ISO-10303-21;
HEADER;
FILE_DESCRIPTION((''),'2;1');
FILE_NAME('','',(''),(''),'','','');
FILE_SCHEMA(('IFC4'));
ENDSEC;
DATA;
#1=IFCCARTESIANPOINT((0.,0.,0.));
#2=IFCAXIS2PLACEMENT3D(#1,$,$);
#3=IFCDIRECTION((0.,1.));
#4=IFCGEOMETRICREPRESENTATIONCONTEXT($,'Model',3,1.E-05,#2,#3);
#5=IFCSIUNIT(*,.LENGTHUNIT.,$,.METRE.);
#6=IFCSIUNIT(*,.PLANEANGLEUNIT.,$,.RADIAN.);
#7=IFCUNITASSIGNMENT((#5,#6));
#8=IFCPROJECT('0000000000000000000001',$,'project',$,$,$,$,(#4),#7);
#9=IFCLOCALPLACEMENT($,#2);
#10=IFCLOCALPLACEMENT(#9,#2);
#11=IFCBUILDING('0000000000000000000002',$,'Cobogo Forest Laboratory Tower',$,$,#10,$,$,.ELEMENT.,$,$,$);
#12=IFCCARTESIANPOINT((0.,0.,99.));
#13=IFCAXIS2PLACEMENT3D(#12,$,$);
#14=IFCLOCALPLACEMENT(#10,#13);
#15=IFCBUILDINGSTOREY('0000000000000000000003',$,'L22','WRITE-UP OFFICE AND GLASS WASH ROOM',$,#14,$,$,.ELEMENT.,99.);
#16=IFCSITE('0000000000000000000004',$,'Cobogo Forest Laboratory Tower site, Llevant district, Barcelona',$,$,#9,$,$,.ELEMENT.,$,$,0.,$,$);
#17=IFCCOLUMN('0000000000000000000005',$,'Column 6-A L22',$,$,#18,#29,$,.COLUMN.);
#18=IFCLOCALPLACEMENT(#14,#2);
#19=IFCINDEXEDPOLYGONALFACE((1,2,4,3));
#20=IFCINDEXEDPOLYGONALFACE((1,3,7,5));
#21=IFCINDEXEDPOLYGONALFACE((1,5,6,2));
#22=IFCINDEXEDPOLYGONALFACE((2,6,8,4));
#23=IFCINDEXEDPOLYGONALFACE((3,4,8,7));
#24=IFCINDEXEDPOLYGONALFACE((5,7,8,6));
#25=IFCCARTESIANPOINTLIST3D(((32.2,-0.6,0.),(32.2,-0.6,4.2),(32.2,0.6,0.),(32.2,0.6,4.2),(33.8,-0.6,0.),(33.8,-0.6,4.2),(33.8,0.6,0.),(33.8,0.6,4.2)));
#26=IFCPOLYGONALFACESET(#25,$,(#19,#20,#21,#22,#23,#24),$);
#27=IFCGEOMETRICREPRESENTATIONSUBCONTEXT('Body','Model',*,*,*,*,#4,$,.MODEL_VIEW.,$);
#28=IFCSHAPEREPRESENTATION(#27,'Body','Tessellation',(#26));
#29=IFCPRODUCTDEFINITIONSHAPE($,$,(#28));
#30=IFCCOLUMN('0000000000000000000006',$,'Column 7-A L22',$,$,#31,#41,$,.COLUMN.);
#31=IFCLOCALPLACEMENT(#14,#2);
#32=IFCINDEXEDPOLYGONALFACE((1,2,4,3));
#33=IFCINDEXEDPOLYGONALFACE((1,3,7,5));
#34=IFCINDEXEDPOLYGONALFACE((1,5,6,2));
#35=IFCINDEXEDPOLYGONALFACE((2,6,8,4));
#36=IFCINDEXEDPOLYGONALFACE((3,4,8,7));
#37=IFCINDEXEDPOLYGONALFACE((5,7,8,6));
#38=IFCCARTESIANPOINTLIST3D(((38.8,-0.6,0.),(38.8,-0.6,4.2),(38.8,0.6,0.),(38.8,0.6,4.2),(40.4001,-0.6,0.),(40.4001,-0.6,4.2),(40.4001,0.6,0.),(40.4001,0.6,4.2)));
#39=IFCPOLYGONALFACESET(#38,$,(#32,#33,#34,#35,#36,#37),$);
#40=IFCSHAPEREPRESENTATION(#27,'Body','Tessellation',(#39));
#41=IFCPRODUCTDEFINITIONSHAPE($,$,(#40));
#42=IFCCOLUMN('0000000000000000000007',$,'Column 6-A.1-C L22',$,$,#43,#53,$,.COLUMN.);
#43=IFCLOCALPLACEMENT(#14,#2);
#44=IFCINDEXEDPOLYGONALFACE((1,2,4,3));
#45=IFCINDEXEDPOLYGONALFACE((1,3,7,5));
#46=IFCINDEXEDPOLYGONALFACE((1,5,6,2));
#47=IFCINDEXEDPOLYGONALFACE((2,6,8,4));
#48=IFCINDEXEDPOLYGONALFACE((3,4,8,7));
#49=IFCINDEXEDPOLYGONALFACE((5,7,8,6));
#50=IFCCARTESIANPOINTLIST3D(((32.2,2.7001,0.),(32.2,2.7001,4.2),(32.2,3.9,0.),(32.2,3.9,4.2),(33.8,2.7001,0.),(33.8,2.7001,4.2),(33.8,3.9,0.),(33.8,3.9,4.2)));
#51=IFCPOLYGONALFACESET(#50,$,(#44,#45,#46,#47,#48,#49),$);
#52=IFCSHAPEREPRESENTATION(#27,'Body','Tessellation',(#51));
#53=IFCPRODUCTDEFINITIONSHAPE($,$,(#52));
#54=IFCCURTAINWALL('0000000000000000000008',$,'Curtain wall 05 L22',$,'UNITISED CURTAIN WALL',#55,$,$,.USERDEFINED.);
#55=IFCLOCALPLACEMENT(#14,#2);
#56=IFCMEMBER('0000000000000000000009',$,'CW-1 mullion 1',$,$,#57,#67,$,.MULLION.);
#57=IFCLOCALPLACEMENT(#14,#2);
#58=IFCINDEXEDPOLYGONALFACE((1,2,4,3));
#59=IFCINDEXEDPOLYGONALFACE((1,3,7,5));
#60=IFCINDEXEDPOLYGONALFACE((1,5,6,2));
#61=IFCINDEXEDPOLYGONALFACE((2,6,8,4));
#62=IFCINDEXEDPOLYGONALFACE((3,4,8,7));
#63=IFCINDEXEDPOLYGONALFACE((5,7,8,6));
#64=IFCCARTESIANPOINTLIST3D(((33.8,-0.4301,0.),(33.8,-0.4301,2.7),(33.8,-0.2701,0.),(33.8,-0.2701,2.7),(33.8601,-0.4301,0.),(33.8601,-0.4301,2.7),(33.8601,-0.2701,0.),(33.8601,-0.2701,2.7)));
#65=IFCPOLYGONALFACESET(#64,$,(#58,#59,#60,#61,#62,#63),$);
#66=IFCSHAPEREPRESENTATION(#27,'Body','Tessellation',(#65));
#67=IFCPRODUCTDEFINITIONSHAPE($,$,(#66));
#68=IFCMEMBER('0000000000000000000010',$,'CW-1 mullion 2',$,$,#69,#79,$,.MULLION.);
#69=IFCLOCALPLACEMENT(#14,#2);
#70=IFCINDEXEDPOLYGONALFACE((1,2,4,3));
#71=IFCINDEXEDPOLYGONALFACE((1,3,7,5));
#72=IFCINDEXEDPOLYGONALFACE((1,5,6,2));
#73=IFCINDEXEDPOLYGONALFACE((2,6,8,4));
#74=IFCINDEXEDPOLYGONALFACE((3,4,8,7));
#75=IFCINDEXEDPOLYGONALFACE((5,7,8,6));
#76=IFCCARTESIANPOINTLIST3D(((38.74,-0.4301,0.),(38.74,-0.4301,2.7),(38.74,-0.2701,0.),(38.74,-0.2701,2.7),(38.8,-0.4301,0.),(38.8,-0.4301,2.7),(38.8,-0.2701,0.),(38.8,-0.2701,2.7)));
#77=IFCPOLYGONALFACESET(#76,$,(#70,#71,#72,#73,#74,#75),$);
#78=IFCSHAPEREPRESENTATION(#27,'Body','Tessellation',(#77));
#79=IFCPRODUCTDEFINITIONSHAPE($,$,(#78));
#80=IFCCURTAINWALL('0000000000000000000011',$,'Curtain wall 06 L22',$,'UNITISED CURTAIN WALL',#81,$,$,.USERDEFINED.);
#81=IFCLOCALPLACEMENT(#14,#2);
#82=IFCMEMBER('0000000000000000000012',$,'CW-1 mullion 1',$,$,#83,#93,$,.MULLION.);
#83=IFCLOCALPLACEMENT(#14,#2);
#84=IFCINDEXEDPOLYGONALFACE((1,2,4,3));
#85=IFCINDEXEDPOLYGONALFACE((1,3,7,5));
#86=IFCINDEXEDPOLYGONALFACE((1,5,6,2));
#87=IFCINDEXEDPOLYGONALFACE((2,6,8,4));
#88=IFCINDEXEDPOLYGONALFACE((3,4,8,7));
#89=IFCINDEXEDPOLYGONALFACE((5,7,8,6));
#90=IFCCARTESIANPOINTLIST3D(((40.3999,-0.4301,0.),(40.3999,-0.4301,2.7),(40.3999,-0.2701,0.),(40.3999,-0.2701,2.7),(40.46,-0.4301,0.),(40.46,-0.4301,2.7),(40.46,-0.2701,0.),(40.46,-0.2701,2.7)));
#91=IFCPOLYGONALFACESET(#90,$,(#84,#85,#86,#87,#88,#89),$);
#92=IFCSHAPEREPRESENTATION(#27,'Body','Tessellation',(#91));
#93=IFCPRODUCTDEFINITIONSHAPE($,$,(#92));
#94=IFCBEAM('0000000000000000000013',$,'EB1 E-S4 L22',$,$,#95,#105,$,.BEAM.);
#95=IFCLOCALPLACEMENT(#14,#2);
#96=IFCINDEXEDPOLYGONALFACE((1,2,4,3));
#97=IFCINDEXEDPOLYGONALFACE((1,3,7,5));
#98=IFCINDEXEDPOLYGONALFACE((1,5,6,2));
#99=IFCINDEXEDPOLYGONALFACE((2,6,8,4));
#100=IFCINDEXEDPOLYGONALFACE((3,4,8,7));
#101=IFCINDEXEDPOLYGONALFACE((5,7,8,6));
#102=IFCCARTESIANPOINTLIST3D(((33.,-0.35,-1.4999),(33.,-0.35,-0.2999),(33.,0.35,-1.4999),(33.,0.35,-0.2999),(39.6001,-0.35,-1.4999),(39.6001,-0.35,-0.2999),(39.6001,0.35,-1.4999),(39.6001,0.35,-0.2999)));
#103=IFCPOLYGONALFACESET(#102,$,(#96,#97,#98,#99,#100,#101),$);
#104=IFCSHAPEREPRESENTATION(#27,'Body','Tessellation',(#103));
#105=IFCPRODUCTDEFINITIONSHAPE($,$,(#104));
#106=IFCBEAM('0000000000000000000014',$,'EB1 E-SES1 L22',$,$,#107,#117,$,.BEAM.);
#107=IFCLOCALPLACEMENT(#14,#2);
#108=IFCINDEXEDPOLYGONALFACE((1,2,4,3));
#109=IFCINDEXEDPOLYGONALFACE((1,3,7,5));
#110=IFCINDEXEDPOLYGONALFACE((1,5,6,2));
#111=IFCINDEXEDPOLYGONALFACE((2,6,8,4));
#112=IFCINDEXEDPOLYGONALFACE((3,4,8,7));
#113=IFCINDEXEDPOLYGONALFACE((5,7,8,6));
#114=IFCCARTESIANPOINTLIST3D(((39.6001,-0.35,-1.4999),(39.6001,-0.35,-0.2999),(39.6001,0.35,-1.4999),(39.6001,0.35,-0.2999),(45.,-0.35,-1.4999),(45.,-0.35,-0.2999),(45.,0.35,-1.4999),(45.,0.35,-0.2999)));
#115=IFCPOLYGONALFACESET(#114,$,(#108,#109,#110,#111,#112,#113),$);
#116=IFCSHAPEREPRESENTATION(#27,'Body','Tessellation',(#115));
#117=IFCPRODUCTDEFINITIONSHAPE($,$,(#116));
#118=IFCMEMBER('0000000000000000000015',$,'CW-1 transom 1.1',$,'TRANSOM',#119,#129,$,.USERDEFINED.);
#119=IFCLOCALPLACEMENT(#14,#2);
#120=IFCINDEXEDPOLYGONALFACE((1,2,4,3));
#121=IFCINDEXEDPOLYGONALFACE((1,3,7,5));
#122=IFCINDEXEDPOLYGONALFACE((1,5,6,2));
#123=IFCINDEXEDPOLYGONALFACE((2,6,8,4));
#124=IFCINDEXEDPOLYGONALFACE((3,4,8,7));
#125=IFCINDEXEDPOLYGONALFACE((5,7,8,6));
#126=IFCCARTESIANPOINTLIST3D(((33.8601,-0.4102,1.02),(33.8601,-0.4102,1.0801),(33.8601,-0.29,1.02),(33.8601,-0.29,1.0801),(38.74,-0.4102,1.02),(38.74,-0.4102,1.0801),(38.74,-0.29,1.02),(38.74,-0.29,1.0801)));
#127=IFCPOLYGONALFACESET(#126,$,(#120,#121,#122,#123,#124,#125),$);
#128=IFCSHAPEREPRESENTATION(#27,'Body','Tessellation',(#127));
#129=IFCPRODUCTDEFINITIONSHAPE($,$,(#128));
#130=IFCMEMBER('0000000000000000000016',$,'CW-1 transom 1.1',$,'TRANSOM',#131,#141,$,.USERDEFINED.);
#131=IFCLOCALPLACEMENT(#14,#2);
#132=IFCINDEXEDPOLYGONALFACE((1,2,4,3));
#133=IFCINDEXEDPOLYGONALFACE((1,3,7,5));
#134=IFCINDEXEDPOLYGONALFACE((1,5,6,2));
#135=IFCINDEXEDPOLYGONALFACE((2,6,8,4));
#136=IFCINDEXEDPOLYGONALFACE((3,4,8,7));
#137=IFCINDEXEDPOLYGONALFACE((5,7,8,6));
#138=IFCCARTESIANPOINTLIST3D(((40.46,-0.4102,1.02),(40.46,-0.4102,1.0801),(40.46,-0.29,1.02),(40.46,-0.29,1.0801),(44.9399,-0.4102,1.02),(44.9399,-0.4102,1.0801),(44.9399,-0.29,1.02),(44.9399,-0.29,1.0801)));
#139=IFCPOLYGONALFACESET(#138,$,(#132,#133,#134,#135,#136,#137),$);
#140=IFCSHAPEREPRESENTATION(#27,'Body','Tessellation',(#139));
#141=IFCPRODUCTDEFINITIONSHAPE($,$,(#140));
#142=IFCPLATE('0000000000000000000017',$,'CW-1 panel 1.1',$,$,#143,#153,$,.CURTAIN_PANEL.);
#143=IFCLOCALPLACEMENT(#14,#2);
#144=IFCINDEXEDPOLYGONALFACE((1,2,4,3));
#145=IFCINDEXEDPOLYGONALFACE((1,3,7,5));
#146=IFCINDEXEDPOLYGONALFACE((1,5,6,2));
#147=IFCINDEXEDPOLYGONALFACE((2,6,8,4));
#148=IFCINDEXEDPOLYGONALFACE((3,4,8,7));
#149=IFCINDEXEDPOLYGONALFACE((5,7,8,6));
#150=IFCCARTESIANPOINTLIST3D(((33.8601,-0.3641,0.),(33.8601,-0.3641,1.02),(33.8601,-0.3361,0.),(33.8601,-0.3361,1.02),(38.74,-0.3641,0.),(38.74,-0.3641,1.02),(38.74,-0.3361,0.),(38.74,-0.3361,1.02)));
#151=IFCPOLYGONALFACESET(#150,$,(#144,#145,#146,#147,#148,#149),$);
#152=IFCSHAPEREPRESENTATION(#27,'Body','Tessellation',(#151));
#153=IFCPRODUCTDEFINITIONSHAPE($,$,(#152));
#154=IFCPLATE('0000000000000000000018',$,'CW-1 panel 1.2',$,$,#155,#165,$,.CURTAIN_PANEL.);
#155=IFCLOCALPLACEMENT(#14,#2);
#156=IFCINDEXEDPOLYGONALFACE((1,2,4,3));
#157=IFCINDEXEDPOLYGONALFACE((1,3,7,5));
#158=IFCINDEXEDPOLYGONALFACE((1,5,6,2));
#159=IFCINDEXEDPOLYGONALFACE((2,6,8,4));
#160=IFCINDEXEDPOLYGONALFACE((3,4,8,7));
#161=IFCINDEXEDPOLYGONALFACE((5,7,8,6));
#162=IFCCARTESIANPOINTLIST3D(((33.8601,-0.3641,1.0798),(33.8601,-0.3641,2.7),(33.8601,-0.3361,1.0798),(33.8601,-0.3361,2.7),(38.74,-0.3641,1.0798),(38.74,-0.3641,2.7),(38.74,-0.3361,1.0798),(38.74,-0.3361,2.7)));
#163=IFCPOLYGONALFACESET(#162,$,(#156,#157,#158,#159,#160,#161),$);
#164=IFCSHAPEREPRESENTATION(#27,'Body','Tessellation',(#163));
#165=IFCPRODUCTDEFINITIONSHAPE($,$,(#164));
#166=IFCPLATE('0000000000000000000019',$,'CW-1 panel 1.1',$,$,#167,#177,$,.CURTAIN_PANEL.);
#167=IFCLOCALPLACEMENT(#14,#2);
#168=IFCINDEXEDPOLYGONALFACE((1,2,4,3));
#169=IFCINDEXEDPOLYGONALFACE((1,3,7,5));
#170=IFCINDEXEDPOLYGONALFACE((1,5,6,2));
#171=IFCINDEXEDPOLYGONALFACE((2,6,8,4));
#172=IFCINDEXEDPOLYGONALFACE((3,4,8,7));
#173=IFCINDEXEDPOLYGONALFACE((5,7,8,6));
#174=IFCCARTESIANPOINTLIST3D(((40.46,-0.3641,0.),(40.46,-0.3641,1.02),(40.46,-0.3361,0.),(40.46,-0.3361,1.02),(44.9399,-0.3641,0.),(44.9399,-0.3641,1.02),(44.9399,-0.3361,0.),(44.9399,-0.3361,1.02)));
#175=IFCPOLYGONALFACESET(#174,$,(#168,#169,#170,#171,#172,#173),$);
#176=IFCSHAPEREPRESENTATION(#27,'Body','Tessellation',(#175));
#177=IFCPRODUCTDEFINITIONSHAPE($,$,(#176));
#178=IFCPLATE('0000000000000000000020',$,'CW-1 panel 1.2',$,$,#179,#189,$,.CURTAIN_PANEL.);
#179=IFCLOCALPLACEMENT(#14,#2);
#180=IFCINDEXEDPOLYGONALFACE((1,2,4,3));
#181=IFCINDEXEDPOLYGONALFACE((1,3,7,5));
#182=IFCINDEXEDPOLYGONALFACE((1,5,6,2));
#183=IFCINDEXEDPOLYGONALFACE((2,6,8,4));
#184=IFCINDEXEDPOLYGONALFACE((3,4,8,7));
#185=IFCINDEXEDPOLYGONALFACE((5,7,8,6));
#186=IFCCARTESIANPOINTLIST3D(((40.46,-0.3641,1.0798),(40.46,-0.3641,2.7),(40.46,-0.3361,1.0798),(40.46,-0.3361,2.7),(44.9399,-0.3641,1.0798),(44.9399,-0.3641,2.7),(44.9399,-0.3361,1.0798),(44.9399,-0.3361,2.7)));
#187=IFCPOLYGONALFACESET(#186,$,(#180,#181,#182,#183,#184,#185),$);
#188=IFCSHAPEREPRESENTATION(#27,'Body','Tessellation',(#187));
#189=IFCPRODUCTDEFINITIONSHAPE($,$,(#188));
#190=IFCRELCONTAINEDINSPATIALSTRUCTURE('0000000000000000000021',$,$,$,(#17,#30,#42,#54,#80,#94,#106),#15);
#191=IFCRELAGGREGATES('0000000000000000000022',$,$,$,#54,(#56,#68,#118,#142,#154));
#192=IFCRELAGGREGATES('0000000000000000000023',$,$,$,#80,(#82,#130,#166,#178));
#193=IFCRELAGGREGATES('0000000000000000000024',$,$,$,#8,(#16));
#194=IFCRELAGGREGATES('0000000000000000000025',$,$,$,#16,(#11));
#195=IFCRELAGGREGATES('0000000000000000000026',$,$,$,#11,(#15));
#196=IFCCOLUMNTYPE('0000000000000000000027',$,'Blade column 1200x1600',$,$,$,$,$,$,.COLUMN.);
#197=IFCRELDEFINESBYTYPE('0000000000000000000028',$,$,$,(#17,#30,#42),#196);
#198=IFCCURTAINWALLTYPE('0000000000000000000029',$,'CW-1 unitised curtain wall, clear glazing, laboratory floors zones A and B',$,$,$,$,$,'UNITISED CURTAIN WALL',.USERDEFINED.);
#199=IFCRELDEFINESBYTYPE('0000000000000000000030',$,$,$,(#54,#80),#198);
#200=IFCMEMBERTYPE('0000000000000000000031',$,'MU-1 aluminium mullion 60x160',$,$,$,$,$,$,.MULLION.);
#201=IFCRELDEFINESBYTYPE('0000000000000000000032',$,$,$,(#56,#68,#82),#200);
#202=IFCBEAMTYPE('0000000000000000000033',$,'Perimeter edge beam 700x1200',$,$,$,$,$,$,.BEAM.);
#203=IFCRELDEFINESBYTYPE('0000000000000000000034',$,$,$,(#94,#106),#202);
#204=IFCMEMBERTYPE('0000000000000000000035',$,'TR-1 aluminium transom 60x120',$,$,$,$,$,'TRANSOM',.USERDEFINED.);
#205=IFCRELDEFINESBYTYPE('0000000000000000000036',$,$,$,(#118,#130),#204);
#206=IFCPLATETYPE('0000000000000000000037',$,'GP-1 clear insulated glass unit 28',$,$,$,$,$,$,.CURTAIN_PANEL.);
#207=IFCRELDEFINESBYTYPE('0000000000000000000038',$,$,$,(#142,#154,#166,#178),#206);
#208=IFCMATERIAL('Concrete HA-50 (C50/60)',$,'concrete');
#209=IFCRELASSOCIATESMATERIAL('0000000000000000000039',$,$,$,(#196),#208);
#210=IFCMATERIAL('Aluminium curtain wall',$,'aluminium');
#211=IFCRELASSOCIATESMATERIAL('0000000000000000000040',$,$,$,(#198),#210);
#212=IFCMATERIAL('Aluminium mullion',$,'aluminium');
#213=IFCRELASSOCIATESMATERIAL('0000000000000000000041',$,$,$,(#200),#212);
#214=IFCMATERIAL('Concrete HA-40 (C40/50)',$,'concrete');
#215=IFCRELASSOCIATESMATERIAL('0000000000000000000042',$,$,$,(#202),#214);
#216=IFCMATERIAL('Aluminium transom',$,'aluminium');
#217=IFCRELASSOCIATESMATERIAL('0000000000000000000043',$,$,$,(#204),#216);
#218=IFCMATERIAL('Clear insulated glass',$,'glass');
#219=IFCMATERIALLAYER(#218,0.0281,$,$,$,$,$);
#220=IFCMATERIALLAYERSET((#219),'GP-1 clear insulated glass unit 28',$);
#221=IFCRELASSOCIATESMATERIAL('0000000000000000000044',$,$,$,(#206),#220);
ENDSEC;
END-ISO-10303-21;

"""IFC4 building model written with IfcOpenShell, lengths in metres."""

from ifc_helpers import new_model, si_unit, direction, frame, origin, origin_2d, place, context, subcontext, project, spatial, rectangle, extrude, material, layer, layer_set, material_profile, profile_set, type_object, element, aggregate, save


model = new_model("IFC4")

# Units and contexts
model_context = context("Model", 3, precision=1e-05, world=origin(), true_north=direction((0.0, 1.0)))
body_context = subcontext(model_context, "Body", "Model", "MODEL_VIEW")
ifc_project = project(units=[si_unit("LENGTHUNIT", "METRE"), si_unit("PLANEANGLEUNIT", "RADIAN")], contexts=[model_context])

# Site, building, storey
site_placement = place(None, origin())
site = spatial("IfcSite", under=ifc_project, at=site_placement, Name="Cobogo Forest Laboratory Tower site, Llevant district, Barcelona", CompositionType="ELEMENT", RefElevation=0.0)
building_placement = place(site_placement, origin())
building = spatial("IfcBuilding", under=site, at=building_placement, Name="Cobogo Forest Laboratory Tower", CompositionType="ELEMENT")
storey_placement = place(building_placement, frame((0.0, 0.0, 99.0)))
storey = spatial("IfcBuildingStorey", under=building, at=storey_placement, Name="L22", Description="WRITE-UP OFFICE AND GLASS WASH ROOM", CompositionType="ELEMENT", Elevation=99.0)

# Columns
ifc_material_1 = material(Name="Concrete HA-50 (C50/60)", Category="concrete")
ifc_material_profile_1 = material_profile(ifc_material_1, rectangle(XDim=1.6001, YDim=1.2, at=origin_2d()), Name="RC 1200x1600")
ifc_profile_set_1 = profile_set([ifc_material_profile_1], Name="Concrete HA-50 (C50/60)")
column_type = type_object("IfcColumnType", Name="Blade column 1200x1600", PredefinedType="COLUMN", material=ifc_profile_set_1)
for number, where, z_axis, x_axis, name in (
    (1, (33.0, 0.0, 0.0), (0.0, 0.0, 1.0), (1.0, 0.0, 0.0), "Column 6-A L22"),
    (2, (39.6001, 0.0, 0.0), (0.0, 0.0, 1.0), (1.0, 0.0, 0.0), "Column 7-A L22"),
    (3, (33.0, 3.3, 0.0), (0.0, 0.0, 1.0), (1.0, 0.0, 0.0), "Column 6-A.1-C L22"),
):
    element("IfcColumn", number, at=place(storey_placement, frame(where, z_axis=z_axis, x_axis=x_axis)), inside=storey, type_object=column_type, Name=name, PredefinedType="COLUMN", context=body_context, shape_type="SweptSolid", body=[
        extrude(rectangle(XDim=1.6001, YDim=1.2, at=origin_2d()), origin(), (0.0, 0.0, 1.0), 4.2),
    ])

# Curtain wall, members
ifc_material_2 = material(Name="Aluminium curtain wall", Category="aluminium")
curtain_wall_type = type_object("IfcCurtainWallType", Name="CW-1 unitised curtain wall, clear glazing, laboratory floors zones A and B", ElementType="UNITISED CURTAIN WALL", PredefinedType="USERDEFINED", material=ifc_material_2)
curtain_wall_1_placement = place(storey_placement, origin())
curtain_wall_1 = element("IfcCurtainWall", 4, at=curtain_wall_1_placement, inside=storey, type_object=curtain_wall_type, Name="Curtain wall 05 L22", ObjectType="UNITISED CURTAIN WALL", PredefinedType="USERDEFINED")
ifc_material_3 = material(Name="Aluminium mullion", Category="aluminium")
ifc_material_profile_2 = material_profile(ifc_material_3, rectangle(XDim=0.0601, YDim=0.1599, at=origin_2d()), Name="AL 60x160")
ifc_profile_set_2 = profile_set([ifc_material_profile_2], Name="Aluminium mullion")
member_type_1 = type_object("IfcMemberType", Name="MU-1 aluminium mullion 60x160", PredefinedType="MULLION", material=ifc_profile_set_2)
member_1_placement = place(storey_placement, frame((33.8301, -0.3501, 0.0), z_axis=(0.0, 0.0, 1.0), x_axis=(1.0, 0.0, 0.0)))
member_1 = element("IfcMember", 5, at=member_1_placement, type_object=member_type_1, Name="CW-1 mullion 1", PredefinedType="MULLION", context=body_context, shape_type="SweptSolid", body=[
    extrude(rectangle(XDim=0.0601, YDim=0.1599, at=origin_2d()), origin(), (0.0, 0.0, 1.0), 2.7),
])
member_2_placement = place(storey_placement, frame((38.77, -0.3501, 0.0), z_axis=(0.0, 0.0, 1.0), x_axis=(1.0, 0.0, 0.0)))
member_2 = element("IfcMember", 6, at=member_2_placement, type_object=member_type_1, Name="CW-1 mullion 2", PredefinedType="MULLION", context=body_context, shape_type="SweptSolid", body=[
    extrude(rectangle(XDim=0.0601, YDim=0.1599, at=origin_2d()), origin(), (0.0, 0.0, 1.0), 2.7),
])

# Curtain wall, member
curtain_wall_2_placement = place(storey_placement, origin())
curtain_wall_2 = element("IfcCurtainWall", 7, at=curtain_wall_2_placement, inside=storey, type_object=curtain_wall_type, Name="Curtain wall 06 L22", ObjectType="UNITISED CURTAIN WALL", PredefinedType="USERDEFINED")
member_3_placement = place(storey_placement, frame((40.4299, -0.3501, 0.0), z_axis=(0.0, 0.0, 1.0), x_axis=(1.0, 0.0, 0.0)))
member_3 = element("IfcMember", 8, at=member_3_placement, type_object=member_type_1, Name="CW-1 mullion 1", PredefinedType="MULLION", context=body_context, shape_type="SweptSolid", body=[
    extrude(rectangle(XDim=0.0601, YDim=0.1599, at=origin_2d()), origin(), (0.0, 0.0, 1.0), 2.7),
])

# Beams
ifc_material_4 = material(Name="Concrete HA-40 (C40/50)", Category="concrete")
ifc_material_profile_3 = material_profile(ifc_material_4, rectangle(XDim=0.7, YDim=1.2, at=origin_2d()), Name="RC 700x1200")
ifc_profile_set_3 = profile_set([ifc_material_profile_3], Name="Concrete HA-40 (C40/50)")
beam_type = type_object("IfcBeamType", Name="Perimeter edge beam 700x1200", PredefinedType="BEAM", material=ifc_profile_set_3)
beam_1_placement = place(storey_placement, frame((33.0, 0.0, -0.8999), z_axis=(1.0, 0.0, 0.0), x_axis=(0.0, 1.0, 0.0)))
element("IfcBeam", 9, at=beam_1_placement, inside=storey, type_object=beam_type, Name="EB1 E-S4 L22", PredefinedType="BEAM", context=body_context, shape_type="SweptSolid", body=[
    extrude(rectangle(XDim=0.7, YDim=1.2, at=origin_2d()), origin(), (0.0, 0.0, 1.0), 6.6001),
])
beam_2_placement = place(storey_placement, frame((39.6001, 0.0, -0.8999), z_axis=(1.0, 0.0, 0.0), x_axis=(0.0, 1.0, 0.0)))
element("IfcBeam", 10, at=beam_2_placement, inside=storey, type_object=beam_type, Name="EB1 E-SES1 L22", PredefinedType="BEAM", context=body_context, shape_type="SweptSolid", body=[
    extrude(rectangle(XDim=0.7, YDim=1.2, at=origin_2d()), origin(), (0.0, 0.0, 1.0), 5.3999),
])

# Members
ifc_material_5 = material(Name="Aluminium transom", Category="aluminium")
ifc_material_profile_4 = material_profile(ifc_material_5, rectangle(XDim=0.1201, YDim=0.0601, at=origin_2d()), Name="AL 60x120")
ifc_profile_set_4 = profile_set([ifc_material_profile_4], Name="Aluminium transom")
member_type_2 = type_object("IfcMemberType", Name="TR-1 aluminium transom 60x120", ElementType="TRANSOM", PredefinedType="USERDEFINED", material=ifc_profile_set_4)
member_4_placement = place(storey_placement, frame((33.8601, -0.3501, 1.05), z_axis=(1.0, 0.0, 0.0), x_axis=(0.0, 1.0, 0.0)))
member_4 = element("IfcMember", 11, at=member_4_placement, type_object=member_type_2, Name="CW-1 transom 1.1", ObjectType="TRANSOM", PredefinedType="USERDEFINED", context=body_context, shape_type="SweptSolid", body=[
    extrude(rectangle(XDim=0.1201, YDim=0.0601, at=origin_2d()), origin(), (0.0, 0.0, 1.0), 4.8799),
])
member_5_placement = place(storey_placement, frame((40.46, -0.3501, 1.05), z_axis=(1.0, 0.0, 0.0), x_axis=(0.0, 1.0, 0.0)))
member_5 = element("IfcMember", 12, at=member_5_placement, type_object=member_type_2, Name="CW-1 transom 1.1", ObjectType="TRANSOM", PredefinedType="USERDEFINED", context=body_context, shape_type="SweptSolid", body=[
    extrude(rectangle(XDim=0.1201, YDim=0.0601, at=origin_2d()), origin(), (0.0, 0.0, 1.0), 4.48),
])

# Plates
ifc_material_6 = material(Name="Clear insulated glass", Category="glass")
ifc_layer_1 = layer(ifc_material_6, 0.0281)
ifc_layer_set_1 = layer_set([ifc_layer_1], Name="GP-1 clear insulated glass unit 28")
plate_type_1 = type_object("IfcPlateType", Name="GP-1 clear insulated glass unit 28", PredefinedType="CURTAIN_PANEL", material=ifc_layer_set_1)
plate_1_placement = place(storey_placement, frame((36.3, -0.3501, 0.0), z_axis=(0.0, 0.0, 1.0), x_axis=(1.0, 0.0, 0.0)))
plate_1 = element("IfcPlate", 13, at=plate_1_placement, type_object=plate_type_1, Name="CW-1 panel 1.1", PredefinedType="CURTAIN_PANEL", context=body_context, shape_type="SweptSolid", body=[
    extrude(rectangle(XDim=4.8799, YDim=0.0281, at=origin_2d()), origin(), (0.0, 0.0, 1.0), 1.02),
])
plate_2_placement = place(storey_placement, frame((36.3, -0.3501, 1.0798), z_axis=(0.0, 0.0, 1.0), x_axis=(1.0, 0.0, 0.0)))
plate_2 = element("IfcPlate", 14, at=plate_2_placement, type_object=plate_type_1, Name="CW-1 panel 1.2", PredefinedType="CURTAIN_PANEL", context=body_context, shape_type="SweptSolid", body=[
    extrude(rectangle(XDim=4.8799, YDim=0.0281, at=origin_2d()), origin(), (0.0, 0.0, 1.0), 1.6201),
])
aggregate(curtain_wall_1, [member_1, member_2, member_4, plate_1, plate_2])
plate_3_placement = place(storey_placement, frame((42.7, -0.3501, 0.0), z_axis=(0.0, 0.0, 1.0), x_axis=(1.0, 0.0, 0.0)))
plate_3 = element("IfcPlate", 15, at=plate_3_placement, type_object=plate_type_1, Name="CW-1 panel 1.1", PredefinedType="CURTAIN_PANEL", context=body_context, shape_type="SweptSolid", body=[
    extrude(rectangle(XDim=4.48, YDim=0.0281, at=origin_2d()), origin(), (0.0, 0.0, 1.0), 1.02),
])
plate_4_placement = place(storey_placement, frame((42.7, -0.3501, 1.0798), z_axis=(0.0, 0.0, 1.0), x_axis=(1.0, 0.0, 0.0)))
plate_4 = element("IfcPlate", 16, at=plate_4_placement, type_object=plate_type_1, Name="CW-1 panel 1.2", PredefinedType="CURTAIN_PANEL", context=body_context, shape_type="SweptSolid", body=[
    extrude(rectangle(XDim=4.48, YDim=0.0281, at=origin_2d()), origin(), (0.0, 0.0, 1.0), 1.6201),
])
aggregate(curtain_wall_2, [member_3, member_5, plate_3, plate_4])

save(model, "model.ifc")
